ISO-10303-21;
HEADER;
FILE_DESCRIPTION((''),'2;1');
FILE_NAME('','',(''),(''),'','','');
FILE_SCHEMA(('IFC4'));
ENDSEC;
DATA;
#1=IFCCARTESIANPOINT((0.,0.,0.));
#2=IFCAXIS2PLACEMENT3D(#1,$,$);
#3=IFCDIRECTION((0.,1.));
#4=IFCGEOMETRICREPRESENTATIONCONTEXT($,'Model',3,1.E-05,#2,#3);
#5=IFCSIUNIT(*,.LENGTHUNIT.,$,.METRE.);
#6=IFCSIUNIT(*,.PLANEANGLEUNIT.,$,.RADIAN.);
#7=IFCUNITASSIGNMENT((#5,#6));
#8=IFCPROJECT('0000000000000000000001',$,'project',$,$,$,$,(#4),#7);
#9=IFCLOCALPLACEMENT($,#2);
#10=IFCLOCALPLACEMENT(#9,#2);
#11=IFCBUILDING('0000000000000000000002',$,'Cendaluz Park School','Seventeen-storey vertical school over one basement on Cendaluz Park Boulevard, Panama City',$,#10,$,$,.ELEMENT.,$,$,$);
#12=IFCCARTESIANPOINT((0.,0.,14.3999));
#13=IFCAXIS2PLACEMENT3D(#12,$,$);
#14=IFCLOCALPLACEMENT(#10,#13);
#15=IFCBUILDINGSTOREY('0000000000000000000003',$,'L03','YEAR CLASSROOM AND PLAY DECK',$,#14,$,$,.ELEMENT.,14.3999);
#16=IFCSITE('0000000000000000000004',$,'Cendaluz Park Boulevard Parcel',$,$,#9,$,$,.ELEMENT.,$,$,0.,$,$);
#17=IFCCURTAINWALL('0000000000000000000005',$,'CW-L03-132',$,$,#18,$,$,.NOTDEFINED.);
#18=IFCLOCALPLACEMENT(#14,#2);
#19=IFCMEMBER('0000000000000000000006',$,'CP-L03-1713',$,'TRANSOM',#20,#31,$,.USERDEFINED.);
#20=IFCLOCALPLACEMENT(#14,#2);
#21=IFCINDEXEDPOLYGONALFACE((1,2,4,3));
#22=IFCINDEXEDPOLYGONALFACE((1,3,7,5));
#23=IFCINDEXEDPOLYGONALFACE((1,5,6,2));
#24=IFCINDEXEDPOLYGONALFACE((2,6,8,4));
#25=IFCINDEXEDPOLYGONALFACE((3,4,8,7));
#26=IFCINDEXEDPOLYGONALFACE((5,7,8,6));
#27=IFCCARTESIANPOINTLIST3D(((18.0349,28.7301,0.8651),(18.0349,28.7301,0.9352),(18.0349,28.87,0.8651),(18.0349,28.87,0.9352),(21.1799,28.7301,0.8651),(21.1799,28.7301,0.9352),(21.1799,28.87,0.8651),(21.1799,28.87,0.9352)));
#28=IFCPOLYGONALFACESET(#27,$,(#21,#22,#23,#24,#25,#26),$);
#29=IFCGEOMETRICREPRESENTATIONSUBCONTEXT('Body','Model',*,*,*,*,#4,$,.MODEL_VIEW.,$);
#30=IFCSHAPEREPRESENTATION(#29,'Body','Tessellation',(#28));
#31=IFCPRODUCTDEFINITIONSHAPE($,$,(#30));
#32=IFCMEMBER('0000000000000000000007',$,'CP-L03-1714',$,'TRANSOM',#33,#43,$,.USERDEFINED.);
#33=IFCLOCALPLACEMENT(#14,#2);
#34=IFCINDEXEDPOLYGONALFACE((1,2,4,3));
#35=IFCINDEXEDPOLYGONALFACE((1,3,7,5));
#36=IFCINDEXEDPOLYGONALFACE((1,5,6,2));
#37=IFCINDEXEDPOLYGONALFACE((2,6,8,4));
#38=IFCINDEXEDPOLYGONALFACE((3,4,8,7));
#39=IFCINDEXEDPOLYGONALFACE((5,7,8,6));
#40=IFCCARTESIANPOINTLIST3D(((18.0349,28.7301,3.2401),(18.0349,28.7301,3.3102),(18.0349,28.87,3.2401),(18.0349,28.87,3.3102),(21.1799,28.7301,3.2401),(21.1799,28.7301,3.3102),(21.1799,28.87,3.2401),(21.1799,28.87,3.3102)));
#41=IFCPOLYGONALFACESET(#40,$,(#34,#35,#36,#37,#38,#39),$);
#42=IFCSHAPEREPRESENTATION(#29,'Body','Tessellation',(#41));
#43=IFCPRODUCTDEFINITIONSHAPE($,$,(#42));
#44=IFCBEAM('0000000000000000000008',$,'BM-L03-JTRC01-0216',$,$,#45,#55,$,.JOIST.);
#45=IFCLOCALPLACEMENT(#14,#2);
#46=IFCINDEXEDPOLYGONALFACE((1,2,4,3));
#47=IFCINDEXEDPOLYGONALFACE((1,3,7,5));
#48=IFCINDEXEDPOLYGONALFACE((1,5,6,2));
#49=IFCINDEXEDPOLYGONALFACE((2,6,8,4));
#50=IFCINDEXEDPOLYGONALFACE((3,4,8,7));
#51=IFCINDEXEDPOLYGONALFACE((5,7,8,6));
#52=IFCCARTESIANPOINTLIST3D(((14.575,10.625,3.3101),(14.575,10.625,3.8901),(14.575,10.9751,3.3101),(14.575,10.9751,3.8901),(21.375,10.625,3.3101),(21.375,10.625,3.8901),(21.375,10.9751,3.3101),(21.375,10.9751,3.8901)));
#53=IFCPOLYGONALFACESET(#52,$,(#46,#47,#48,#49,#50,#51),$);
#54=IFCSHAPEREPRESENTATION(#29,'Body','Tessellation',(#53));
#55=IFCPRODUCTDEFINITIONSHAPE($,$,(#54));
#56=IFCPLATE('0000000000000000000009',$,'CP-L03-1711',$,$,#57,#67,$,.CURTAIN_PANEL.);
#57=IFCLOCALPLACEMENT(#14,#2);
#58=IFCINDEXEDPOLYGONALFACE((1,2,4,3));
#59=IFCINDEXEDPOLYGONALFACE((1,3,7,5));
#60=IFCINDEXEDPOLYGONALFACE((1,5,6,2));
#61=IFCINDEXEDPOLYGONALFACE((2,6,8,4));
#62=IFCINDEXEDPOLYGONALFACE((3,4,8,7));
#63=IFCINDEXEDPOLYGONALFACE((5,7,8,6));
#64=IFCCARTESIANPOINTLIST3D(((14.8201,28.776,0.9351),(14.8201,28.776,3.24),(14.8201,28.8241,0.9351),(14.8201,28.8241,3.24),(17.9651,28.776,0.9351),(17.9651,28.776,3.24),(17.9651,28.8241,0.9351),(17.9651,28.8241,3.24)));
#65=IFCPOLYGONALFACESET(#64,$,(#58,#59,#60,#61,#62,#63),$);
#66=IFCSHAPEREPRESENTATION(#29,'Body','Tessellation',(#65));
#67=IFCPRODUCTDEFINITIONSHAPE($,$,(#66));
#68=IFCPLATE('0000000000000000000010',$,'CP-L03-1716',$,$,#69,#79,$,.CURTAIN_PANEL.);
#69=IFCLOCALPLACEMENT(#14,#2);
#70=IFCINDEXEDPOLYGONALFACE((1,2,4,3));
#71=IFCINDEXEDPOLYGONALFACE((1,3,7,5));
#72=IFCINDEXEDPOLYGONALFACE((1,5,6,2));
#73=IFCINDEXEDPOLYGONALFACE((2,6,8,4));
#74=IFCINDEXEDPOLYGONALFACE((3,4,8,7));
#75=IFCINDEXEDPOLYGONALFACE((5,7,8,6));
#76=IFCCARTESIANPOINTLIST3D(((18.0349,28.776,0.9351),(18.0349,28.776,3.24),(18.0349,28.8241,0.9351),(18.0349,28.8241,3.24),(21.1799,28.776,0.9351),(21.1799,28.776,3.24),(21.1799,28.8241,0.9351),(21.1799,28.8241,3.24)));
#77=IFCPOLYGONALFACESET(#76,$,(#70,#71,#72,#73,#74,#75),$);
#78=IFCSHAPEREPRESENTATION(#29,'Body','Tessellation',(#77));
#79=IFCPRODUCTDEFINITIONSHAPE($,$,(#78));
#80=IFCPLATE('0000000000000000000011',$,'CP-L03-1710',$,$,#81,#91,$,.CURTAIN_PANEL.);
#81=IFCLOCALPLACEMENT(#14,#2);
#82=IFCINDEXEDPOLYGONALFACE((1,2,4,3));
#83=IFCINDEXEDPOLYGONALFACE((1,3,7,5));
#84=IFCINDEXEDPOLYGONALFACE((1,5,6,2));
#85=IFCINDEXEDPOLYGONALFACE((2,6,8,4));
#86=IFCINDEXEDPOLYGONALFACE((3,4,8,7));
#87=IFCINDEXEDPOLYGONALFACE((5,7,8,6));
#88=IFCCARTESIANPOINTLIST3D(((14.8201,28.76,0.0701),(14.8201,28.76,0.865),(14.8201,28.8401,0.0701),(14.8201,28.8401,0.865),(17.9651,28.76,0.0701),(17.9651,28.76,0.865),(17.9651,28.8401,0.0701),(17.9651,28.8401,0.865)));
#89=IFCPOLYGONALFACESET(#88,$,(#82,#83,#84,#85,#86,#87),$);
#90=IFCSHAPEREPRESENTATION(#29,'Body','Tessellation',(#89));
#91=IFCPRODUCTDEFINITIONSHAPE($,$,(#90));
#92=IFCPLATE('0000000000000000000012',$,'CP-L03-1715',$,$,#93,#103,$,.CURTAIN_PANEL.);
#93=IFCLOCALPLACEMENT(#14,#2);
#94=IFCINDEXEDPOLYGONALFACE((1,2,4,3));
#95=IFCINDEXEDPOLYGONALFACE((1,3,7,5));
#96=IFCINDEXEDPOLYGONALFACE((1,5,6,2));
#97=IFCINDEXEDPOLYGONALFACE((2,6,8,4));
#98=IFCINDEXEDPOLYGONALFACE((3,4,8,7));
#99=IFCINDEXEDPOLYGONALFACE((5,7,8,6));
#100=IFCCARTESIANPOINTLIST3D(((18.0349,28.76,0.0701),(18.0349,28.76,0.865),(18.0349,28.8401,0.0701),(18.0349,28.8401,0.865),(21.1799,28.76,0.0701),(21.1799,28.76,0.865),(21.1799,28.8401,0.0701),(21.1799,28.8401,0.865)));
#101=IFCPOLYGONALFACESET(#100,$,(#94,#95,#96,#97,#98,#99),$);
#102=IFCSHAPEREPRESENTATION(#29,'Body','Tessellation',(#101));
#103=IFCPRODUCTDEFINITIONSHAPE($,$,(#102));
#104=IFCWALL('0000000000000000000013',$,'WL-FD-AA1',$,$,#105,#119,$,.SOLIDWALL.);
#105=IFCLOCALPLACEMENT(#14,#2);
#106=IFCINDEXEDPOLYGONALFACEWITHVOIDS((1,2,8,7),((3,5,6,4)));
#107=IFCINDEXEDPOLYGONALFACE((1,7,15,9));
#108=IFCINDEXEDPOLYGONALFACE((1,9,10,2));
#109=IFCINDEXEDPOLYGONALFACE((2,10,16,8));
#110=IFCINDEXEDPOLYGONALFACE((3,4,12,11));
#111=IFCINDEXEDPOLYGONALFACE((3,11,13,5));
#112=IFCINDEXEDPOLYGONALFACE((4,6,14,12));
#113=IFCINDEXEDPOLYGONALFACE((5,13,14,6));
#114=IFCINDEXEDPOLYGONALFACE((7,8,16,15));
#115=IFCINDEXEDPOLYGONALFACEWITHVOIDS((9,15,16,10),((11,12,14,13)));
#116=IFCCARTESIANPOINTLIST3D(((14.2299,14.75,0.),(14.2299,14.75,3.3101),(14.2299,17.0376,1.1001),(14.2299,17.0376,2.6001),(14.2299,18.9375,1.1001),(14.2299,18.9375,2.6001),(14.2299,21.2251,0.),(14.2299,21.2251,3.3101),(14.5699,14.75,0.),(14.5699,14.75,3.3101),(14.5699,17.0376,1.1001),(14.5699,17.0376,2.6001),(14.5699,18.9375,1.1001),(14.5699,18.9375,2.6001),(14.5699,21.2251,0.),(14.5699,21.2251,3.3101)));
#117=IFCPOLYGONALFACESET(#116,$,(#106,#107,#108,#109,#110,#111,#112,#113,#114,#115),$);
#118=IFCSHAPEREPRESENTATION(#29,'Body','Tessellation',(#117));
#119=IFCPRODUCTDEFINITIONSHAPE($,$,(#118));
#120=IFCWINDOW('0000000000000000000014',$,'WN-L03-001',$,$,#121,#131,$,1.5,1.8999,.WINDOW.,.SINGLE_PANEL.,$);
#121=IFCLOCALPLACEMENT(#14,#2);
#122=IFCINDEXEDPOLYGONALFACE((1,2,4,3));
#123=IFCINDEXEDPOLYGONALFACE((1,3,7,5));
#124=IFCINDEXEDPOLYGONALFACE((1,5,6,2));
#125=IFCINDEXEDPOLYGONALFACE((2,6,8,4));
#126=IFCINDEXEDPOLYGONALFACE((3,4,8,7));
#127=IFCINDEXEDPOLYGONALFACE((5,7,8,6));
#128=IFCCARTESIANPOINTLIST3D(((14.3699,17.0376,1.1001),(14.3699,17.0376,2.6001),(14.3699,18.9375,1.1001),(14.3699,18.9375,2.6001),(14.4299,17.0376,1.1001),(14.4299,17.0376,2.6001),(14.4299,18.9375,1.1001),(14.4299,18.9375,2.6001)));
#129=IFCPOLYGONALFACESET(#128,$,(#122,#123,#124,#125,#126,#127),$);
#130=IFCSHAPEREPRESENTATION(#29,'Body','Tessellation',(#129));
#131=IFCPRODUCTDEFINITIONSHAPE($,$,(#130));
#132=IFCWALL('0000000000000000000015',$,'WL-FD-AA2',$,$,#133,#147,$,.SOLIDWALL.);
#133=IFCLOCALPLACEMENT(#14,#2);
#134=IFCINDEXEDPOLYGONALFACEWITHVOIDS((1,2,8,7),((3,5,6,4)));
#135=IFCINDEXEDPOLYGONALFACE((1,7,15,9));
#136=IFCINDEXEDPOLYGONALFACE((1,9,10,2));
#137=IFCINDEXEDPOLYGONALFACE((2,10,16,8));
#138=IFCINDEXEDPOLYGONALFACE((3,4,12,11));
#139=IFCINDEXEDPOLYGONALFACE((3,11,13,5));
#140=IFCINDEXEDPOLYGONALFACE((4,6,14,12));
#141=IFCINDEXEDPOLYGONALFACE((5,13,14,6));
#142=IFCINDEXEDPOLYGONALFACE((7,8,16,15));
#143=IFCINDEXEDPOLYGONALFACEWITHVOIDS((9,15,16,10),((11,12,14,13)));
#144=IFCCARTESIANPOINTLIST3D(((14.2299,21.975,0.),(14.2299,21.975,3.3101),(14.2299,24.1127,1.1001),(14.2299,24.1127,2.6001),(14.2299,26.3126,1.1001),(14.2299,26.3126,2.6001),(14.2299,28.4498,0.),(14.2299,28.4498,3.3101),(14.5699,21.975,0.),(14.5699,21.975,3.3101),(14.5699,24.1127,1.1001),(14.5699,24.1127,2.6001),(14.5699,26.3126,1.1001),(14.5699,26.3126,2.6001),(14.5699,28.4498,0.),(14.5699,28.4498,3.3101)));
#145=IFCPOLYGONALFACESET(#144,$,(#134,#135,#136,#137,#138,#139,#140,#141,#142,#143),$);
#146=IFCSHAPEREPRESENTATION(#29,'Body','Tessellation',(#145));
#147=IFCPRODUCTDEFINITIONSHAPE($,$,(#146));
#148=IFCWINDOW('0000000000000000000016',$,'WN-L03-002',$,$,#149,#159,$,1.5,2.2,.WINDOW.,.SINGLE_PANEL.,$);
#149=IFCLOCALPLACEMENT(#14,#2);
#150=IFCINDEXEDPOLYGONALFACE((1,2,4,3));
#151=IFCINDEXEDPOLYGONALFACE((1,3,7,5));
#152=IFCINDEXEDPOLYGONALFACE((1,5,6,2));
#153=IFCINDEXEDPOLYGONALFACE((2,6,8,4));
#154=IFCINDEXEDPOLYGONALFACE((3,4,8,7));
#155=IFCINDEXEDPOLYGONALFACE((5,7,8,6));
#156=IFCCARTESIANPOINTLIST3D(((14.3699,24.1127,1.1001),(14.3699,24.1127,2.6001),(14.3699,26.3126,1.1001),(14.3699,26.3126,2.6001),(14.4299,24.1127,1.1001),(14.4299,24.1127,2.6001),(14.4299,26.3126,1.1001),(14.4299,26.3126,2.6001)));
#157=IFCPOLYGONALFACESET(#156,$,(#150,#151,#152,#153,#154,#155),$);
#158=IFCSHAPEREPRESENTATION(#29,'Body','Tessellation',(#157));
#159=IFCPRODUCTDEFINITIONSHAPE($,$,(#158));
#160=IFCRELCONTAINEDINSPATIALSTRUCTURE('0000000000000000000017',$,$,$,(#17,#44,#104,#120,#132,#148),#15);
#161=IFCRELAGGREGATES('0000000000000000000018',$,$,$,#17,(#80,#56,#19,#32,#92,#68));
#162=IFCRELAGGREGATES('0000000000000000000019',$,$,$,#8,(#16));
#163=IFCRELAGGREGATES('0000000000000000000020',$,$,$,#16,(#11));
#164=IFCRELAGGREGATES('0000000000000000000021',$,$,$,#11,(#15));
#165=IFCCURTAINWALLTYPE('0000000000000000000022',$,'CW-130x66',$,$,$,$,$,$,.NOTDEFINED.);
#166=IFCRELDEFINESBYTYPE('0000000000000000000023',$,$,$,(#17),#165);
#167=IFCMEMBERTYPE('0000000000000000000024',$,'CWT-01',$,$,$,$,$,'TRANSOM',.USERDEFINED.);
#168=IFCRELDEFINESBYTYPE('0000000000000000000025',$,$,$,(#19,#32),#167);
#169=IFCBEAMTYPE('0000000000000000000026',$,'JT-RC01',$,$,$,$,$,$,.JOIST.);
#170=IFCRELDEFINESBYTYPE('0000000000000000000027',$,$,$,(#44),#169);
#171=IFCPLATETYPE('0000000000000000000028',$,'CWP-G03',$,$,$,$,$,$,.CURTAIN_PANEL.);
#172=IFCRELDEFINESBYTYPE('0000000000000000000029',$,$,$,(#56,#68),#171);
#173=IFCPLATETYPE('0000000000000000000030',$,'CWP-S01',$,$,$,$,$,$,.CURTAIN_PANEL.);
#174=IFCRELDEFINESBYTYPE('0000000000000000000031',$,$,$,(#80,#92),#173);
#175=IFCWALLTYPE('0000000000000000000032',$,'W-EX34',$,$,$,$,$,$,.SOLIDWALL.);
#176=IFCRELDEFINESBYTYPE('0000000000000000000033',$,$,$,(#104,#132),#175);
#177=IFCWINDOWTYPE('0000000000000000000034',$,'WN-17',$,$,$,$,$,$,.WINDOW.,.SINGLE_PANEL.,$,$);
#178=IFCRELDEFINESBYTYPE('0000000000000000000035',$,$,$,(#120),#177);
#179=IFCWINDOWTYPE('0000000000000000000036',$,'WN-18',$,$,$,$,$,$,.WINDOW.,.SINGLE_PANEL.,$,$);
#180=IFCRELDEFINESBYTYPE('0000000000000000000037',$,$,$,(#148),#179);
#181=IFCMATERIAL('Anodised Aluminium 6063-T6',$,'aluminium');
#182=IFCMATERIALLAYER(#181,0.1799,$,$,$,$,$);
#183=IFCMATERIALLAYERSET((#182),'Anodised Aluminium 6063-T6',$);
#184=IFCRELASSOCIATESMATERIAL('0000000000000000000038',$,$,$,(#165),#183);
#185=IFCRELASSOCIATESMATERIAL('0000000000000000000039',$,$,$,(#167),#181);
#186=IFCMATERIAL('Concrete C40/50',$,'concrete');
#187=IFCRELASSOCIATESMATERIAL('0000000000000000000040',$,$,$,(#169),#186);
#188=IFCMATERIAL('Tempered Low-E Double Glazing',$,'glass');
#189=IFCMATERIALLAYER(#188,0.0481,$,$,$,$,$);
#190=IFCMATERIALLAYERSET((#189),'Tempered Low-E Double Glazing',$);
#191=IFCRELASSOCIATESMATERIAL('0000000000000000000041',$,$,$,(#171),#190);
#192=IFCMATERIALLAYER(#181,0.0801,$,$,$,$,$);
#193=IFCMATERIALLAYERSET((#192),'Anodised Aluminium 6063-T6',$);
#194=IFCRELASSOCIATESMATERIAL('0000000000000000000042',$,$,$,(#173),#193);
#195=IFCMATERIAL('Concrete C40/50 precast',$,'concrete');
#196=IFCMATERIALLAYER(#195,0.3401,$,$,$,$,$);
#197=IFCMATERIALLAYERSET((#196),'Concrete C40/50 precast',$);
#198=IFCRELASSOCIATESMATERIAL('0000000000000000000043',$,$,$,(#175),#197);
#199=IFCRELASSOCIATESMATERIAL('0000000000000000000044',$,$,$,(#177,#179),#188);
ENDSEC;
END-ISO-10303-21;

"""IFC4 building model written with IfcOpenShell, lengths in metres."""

from ifc_helpers import new_model, si_unit, direction, frame, frame_2d, origin, origin_2d, place, context, subcontext, project, spatial, rectangle, extrude, material, layer, layer_set, material_profile, profile_set, type_object, element, fill, aggregate, save


model = new_model("IFC4")

# Units and contexts
model_context = context("Model", 3, precision=1e-05, world=origin(), true_north=direction((0.0, 1.0)))
body_context = subcontext(model_context, "Body", "Model", "MODEL_VIEW")
ifc_project = project(units=[si_unit("LENGTHUNIT", "METRE"), si_unit("PLANEANGLEUNIT", "RADIAN")], contexts=[model_context])

# Site, building, storey
site_placement = place(None, origin())
site = spatial("IfcSite", under=ifc_project, at=site_placement, Name="Cendaluz Park Boulevard Parcel", CompositionType="ELEMENT", RefElevation=0.0)
building_placement = place(site_placement, origin())
building = spatial("IfcBuilding", under=site, at=building_placement, Name="Cendaluz Park School", Description="Seventeen-storey vertical school over one basement on Cendaluz Park Boulevard, Panama City", CompositionType="ELEMENT")
storey_placement = place(building_placement, frame((0.0, 0.0, 14.3999)))
storey = spatial("IfcBuildingStorey", under=building, at=storey_placement, Name="L03", Description="YEAR CLASSROOM AND PLAY DECK", CompositionType="ELEMENT", Elevation=14.3999)

# Shared definitions
ifc_material_1 = material(Name="Concrete C40/50", Category="concrete")

# Curtain wall, members
ifc_material_2 = material(Name="Anodised Aluminium 6063-T6", Category="aluminium")
ifc_layer_1 = layer(ifc_material_2, 0.1799)
ifc_layer_set_1 = layer_set([ifc_layer_1], Name="Anodised Aluminium 6063-T6")
curtain_wall_type = type_object("IfcCurtainWallType", Name="CW-130x66", PredefinedType="NOTDEFINED", material=ifc_layer_set_1)
curtain_wall_placement = place(storey_placement, origin())
curtain_wall = element("IfcCurtainWall", 1, at=curtain_wall_placement, inside=storey, type_object=curtain_wall_type, Name="CW-L03-132", PredefinedType="NOTDEFINED")
ifc_material_profile_1 = material_profile(ifc_material_2, rectangle(XDim=0.1399, YDim=0.0701, at=origin_2d()), Name="CWT 140x70", Category="aluminium")
ifc_profile_set_1 = profile_set([ifc_material_profile_1], Name="Anodised Aluminium 6063-T6")
member_type_1 = type_object("IfcMemberType", Name="CWT-01", ElementType="TRANSOM", PredefinedType="USERDEFINED", material=ifc_profile_set_1)
member_1_placement = place(storey_placement, frame((18.0349, 28.8, 0.9001), z_axis=(1.0, 0.0, 0.0), x_axis=(0.0, 1.0, 0.0)))
member_1 = element("IfcMember", 2, at=member_1_placement, type_object=member_type_1, Name="CP-L03-1713", ObjectType="TRANSOM", PredefinedType="USERDEFINED", context=body_context, shape_type="SweptSolid", body=[
    extrude(rectangle(XDim=0.1399, YDim=0.0701, at=origin_2d()), origin(), (0.0, 0.0, 1.0), 3.145),
])
member_2_placement = place(storey_placement, frame((18.0349, 28.8, 3.2751), z_axis=(1.0, 0.0, 0.0), x_axis=(0.0, 1.0, 0.0)))
member_2 = element("IfcMember", 3, at=member_2_placement, type_object=member_type_1, Name="CP-L03-1714", ObjectType="TRANSOM", PredefinedType="USERDEFINED", context=body_context, shape_type="SweptSolid", body=[
    extrude(rectangle(XDim=0.1399, YDim=0.0701, at=origin_2d()), origin(), (0.0, 0.0, 1.0), 3.145),
])

# Beam
ifc_material_profile_2 = material_profile(ifc_material_1, rectangle(XDim=0.3501, YDim=0.5801, at=origin_2d()), Name="RC 350x580", Category="concrete")
ifc_profile_set_2 = profile_set([ifc_material_profile_2], Name="Concrete C40/50")
beam_type_1 = type_object("IfcBeamType", Name="JT-RC01", PredefinedType="JOIST", material=ifc_profile_set_2)
beam_1_placement = place(storey_placement, frame((14.575, 10.8, 3.6001), z_axis=(1.0, 0.0, 0.0), x_axis=(0.0, 1.0, 0.0)))
element("IfcBeam", 4, at=beam_1_placement, inside=storey, type_object=beam_type_1, Name="BM-L03-JTRC01-0216", PredefinedType="JOIST", context=body_context, shape_type="SweptSolid", body=[
    extrude(rectangle(XDim=0.3501, YDim=0.5801, at=origin_2d()), origin(), (0.0, 0.0, 1.0), 6.8),
])

# Plates
ifc_material_3 = material(Name="Tempered Low-E Double Glazing", Category="glass")
ifc_layer_2 = layer(ifc_material_3, 0.0481)
ifc_layer_set_2 = layer_set([ifc_layer_2], Name="Tempered Low-E Double Glazing")
plate_type_1 = type_object("IfcPlateType", Name="CWP-G03", PredefinedType="CURTAIN_PANEL", material=ifc_layer_set_2)
plate_1_placement = place(storey_placement, frame((16.3926, 28.8, 0.9351), z_axis=(0.0, 0.0, 1.0), x_axis=(1.0, 0.0, 0.0)))
plate_1 = element("IfcPlate", 5, at=plate_1_placement, type_object=plate_type_1, Name="CP-L03-1711", PredefinedType="CURTAIN_PANEL", context=body_context, shape_type="SweptSolid", body=[
    extrude(rectangle(XDim=3.145, YDim=0.0481, at=origin_2d()), origin(), (0.0, 0.0, 1.0), 2.3049),
])
plate_2_placement = place(storey_placement, frame((19.6074, 28.8, 0.9351), z_axis=(0.0, 0.0, 1.0), x_axis=(1.0, 0.0, 0.0)))
plate_2 = element("IfcPlate", 6, at=plate_2_placement, type_object=plate_type_1, Name="CP-L03-1716", PredefinedType="CURTAIN_PANEL", context=body_context, shape_type="SweptSolid", body=[
    extrude(rectangle(XDim=3.145, YDim=0.0481, at=origin_2d()), origin(), (0.0, 0.0, 1.0), 2.3049),
])
ifc_layer_3 = layer(ifc_material_2, 0.0801)
ifc_layer_set_3 = layer_set([ifc_layer_3], Name="Anodised Aluminium 6063-T6")
plate_type_2 = type_object("IfcPlateType", Name="CWP-S01", PredefinedType="CURTAIN_PANEL", material=ifc_layer_set_3)
plate_3_placement = place(storey_placement, frame((16.3926, 28.8, 0.0701), z_axis=(0.0, 0.0, 1.0), x_axis=(1.0, 0.0, 0.0)))
plate_3 = element("IfcPlate", 7, at=plate_3_placement, type_object=plate_type_2, Name="CP-L03-1710", PredefinedType="CURTAIN_PANEL", context=body_context, shape_type="SweptSolid", body=[
    extrude(rectangle(XDim=3.145, YDim=0.0801, at=origin_2d()), origin(), (0.0, 0.0, 1.0), 0.7949),
])
plate_4_placement = place(storey_placement, frame((19.6074, 28.8, 0.0701), z_axis=(0.0, 0.0, 1.0), x_axis=(1.0, 0.0, 0.0)))
plate_4 = element("IfcPlate", 8, at=plate_4_placement, type_object=plate_type_2, Name="CP-L03-1715", PredefinedType="CURTAIN_PANEL", context=body_context, shape_type="SweptSolid", body=[
    extrude(rectangle(XDim=3.145, YDim=0.0801, at=origin_2d()), origin(), (0.0, 0.0, 1.0), 0.7949),
])
aggregate(curtain_wall, [plate_3, plate_1, member_1, member_2, plate_4, plate_2])

# Walls, openings, windows
ifc_material_4 = material(Name="Concrete C40/50 precast", Category="concrete")
ifc_layer_4 = layer(ifc_material_4, 0.3401)
ifc_layer_set_4 = layer_set([ifc_layer_4], Name="Concrete C40/50 precast")
wall_type_1 = type_object("IfcWallType", Name="W-EX34", PredefinedType="SOLIDWALL", material=ifc_layer_set_4)
wall_1_placement = place(storey_placement, frame((14.3999, 14.75, 0.0), z_axis=(0.0, 0.0, 1.0), x_axis=(0.0, 1.0, 0.0)))
wall_1 = element("IfcWall", 9, at=wall_1_placement, inside=storey, type_object=wall_type_1, Name="WL-FD-AA1", PredefinedType="SOLIDWALL", context=body_context, shape_type="SweptSolid", body=[
    extrude(rectangle(XDim=6.4751, YDim=0.3401, at=frame_2d((3.2375, 0.0))), origin(), (0.0, 0.0, 1.0), 3.3101),
])
opening_1_placement = place(wall_1_placement, frame((2.2876, 0.0, 1.1001)))
opening_1 = element("IfcOpeningElement", 10, at=opening_1_placement, cuts=wall_1, PredefinedType="OPENING", context=body_context, shape_type="SweptSolid", body=[
    extrude(rectangle(XDim=1.8999, YDim=1.5, at=frame_2d((0.95, 0.75))), frame((0.0, 0.1821, 0.0), z_axis=(0.0, -1.0, 0.0), x_axis=(1.0, 0.0, 0.0)), (0.0, 0.0, 1.0), 0.364),
])
window_type_1 = type_object("IfcWindowType", Name="WN-17", PartitioningType="SINGLE_PANEL", PredefinedType="WINDOW", material=ifc_material_3)
window_1_placement = place(opening_1_placement, origin())
window_1 = element("IfcWindow", 11, at=window_1_placement, inside=storey, type_object=window_type_1, Name="WN-L03-001", OverallHeight=1.5, OverallWidth=1.8999, PartitioningType="SINGLE_PANEL", PredefinedType="WINDOW", context=body_context, shape_type="SweptSolid", body=[
    extrude(rectangle(XDim=1.8999, YDim=1.5, at=frame_2d((0.95, 0.75))), frame((0.0, 0.03, 0.0), z_axis=(0.0, -1.0, 0.0), x_axis=(1.0, 0.0, 0.0)), (0.0, 0.0, 1.0), 0.0601),
])
fill(opening_1, window_1)
wall_2_placement = place(storey_placement, frame((14.3999, 21.9751, 0.0), z_axis=(0.0, 0.0, 1.0), x_axis=(0.0, 1.0, 0.0)))
wall_2 = element("IfcWall", 12, at=wall_2_placement, inside=storey, type_object=wall_type_1, Name="WL-FD-AA2", PredefinedType="SOLIDWALL", context=body_context, shape_type="SweptSolid", body=[
    extrude(rectangle(XDim=6.4749, YDim=0.3401, at=frame_2d((3.2373, 0.0))), origin(), (0.0, 0.0, 1.0), 3.3101),
])
opening_2_placement = place(wall_2_placement, frame((2.1375, 0.0, 1.1001)))
opening_2 = element("IfcOpeningElement", 13, at=opening_2_placement, cuts=wall_2, PredefinedType="OPENING", context=body_context, shape_type="SweptSolid", body=[
    extrude(rectangle(XDim=2.2, YDim=1.5, at=frame_2d((1.1001, 0.75))), frame((0.0, 0.1821, 0.0), z_axis=(0.0, -1.0, 0.0), x_axis=(1.0, 0.0, 0.0)), (0.0, 0.0, 1.0), 0.364),
])
window_type_2 = type_object("IfcWindowType", Name="WN-18", PartitioningType="SINGLE_PANEL", PredefinedType="WINDOW", material=ifc_material_3)
window_2_placement = place(opening_2_placement, origin())
window_2 = element("IfcWindow", 14, at=window_2_placement, inside=storey, type_object=window_type_2, Name="WN-L03-002", OverallHeight=1.5, OverallWidth=2.2, PartitioningType="SINGLE_PANEL", PredefinedType="WINDOW", context=body_context, shape_type="SweptSolid", body=[
    extrude(rectangle(XDim=2.2, YDim=1.5, at=frame_2d((1.1001, 0.75))), frame((0.0, 0.03, 0.0), z_axis=(0.0, -1.0, 0.0), x_axis=(1.0, 0.0, 0.0)), (0.0, 0.0, 1.0), 0.0601),
])
fill(opening_2, window_2)

save(model, "model.ifc")
